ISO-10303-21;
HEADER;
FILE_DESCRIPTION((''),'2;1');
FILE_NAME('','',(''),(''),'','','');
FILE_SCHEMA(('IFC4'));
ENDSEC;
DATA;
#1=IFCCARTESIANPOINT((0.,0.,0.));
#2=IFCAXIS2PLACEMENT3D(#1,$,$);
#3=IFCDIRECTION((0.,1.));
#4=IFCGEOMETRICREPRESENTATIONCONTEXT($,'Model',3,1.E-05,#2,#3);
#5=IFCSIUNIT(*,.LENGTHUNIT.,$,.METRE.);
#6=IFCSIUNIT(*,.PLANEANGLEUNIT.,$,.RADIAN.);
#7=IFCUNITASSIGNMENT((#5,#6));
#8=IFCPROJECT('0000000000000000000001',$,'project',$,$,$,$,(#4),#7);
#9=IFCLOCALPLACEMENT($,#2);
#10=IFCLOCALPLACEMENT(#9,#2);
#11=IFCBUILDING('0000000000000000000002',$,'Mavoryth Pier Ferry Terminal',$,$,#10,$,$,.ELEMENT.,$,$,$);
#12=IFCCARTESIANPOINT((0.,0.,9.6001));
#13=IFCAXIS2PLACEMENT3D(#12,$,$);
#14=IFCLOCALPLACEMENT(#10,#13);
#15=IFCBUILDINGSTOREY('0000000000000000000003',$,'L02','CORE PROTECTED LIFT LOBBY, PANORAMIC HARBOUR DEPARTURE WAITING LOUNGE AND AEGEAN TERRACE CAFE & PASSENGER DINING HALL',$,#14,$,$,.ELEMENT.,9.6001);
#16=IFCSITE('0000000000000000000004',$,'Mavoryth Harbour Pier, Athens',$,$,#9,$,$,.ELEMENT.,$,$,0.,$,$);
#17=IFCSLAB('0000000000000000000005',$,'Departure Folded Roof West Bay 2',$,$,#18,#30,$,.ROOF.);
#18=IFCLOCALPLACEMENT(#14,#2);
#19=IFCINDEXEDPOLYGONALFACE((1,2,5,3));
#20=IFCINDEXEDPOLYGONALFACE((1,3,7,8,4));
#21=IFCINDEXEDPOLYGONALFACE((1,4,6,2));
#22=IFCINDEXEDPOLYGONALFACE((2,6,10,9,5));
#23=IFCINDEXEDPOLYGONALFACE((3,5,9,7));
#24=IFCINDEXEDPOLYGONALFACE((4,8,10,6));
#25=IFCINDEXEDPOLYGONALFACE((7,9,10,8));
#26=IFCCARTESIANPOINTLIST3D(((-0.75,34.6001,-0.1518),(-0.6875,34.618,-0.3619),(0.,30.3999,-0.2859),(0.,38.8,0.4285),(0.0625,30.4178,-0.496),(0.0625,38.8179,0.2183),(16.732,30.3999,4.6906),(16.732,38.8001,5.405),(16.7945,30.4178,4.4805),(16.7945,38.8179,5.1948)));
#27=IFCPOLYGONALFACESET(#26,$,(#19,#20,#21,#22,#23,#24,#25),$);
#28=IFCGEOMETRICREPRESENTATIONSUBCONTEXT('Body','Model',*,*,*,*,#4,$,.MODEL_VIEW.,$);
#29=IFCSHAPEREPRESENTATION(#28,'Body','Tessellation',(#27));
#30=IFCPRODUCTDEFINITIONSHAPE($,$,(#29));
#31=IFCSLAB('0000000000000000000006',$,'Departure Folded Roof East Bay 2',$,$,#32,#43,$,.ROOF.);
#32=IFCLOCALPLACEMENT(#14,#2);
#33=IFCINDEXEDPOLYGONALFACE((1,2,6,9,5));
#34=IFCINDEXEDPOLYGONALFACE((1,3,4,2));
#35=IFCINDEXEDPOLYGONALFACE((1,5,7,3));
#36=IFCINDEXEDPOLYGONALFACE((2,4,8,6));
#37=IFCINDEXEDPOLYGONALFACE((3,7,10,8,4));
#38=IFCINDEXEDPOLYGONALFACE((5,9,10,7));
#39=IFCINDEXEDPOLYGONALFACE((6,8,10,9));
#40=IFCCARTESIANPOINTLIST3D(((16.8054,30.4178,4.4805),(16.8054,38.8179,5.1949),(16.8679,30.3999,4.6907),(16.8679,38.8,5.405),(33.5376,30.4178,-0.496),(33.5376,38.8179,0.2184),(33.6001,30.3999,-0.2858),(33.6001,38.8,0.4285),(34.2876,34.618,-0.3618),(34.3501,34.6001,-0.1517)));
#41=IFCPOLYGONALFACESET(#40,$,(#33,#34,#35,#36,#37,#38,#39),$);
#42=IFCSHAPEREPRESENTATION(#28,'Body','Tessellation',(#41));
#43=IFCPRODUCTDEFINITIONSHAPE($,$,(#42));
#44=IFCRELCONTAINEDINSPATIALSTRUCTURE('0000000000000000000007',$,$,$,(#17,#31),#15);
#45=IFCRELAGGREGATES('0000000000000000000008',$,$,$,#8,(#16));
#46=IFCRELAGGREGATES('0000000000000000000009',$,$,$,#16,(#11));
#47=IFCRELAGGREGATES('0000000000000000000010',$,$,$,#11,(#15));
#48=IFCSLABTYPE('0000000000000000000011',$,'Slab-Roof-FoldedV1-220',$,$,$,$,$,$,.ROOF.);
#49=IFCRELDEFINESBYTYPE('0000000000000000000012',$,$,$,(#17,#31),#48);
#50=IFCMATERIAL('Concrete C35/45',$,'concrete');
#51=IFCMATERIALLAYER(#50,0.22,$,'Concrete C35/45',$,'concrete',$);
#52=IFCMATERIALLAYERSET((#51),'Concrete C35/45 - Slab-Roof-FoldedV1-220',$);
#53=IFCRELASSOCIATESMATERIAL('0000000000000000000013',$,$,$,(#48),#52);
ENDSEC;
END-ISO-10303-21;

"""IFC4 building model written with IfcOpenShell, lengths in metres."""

from ifc_helpers import new_model, si_unit, direction, frame, origin, place, context, subcontext, project, spatial, polyline, outline, extrude, material, layer, layer_set, type_object, element, save


model = new_model("IFC4")

# Units and contexts
model_context = context("Model", 3, precision=1e-05, world=origin(), true_north=direction((0.0, 1.0)))
body_context = subcontext(model_context, "Body", "Model", "MODEL_VIEW")
ifc_project = project(units=[si_unit("LENGTHUNIT", "METRE"), si_unit("PLANEANGLEUNIT", "RADIAN")], contexts=[model_context])

# Site, building, storey
site_placement = place(None, origin())
site = spatial("IfcSite", under=ifc_project, at=site_placement, Name="Mavoryth Harbour Pier, Athens", CompositionType="ELEMENT", RefElevation=0.0)
building_placement = place(site_placement, origin())
building = spatial("IfcBuilding", under=site, at=building_placement, Name="Mavoryth Pier Ferry Terminal", CompositionType="ELEMENT")
storey_placement = place(building_placement, frame((0.0, 0.0, 9.6001)))
storey = spatial("IfcBuildingStorey", under=building, at=storey_placement, Name="L02", Description="CORE PROTECTED LIFT LOBBY, PANORAMIC HARBOUR DEPARTURE WAITING LOUNGE AND AEGEAN TERRACE CAFE & PASSENGER DINING HALL", CompositionType="ELEMENT", Elevation=9.6001)

# Slabs
ifc_material_1 = material(Name="Concrete C35/45", Category="concrete")
ifc_layer_1 = layer(ifc_material_1, 0.22, Name="Concrete C35/45", Category="concrete")
ifc_layer_set_1 = layer_set([ifc_layer_1], Name="Concrete C35/45 - Slab-Roof-FoldedV1-220")
slab_type = type_object("IfcSlabType", Name="Slab-Roof-FoldedV1-220", PredefinedType="ROOF", material=ifc_layer_set_1)
slab_1_placement = place(storey_placement, frame((0.0, 30.3999, -0.2859), z_axis=(-0.28414, -0.081242, 0.955335), x_axis=(0.958503, 0.0, 0.285082)))
element("IfcSlab", 1, at=slab_1_placement, inside=storey, type_object=slab_type, Name="Departure Folded Roof West Bay 2", PredefinedType="ROOF", context=body_context, shape_type="SweptSolid", body=[
    extrude(outline(polyline([(0.0, 0.0), (17.4563, 0.0), (17.66, 8.428), (0.2037, 8.428), (-0.6806, 4.2141), (0.0, 0.0)])), origin(), (0.0, 0.0, -1.0), 0.22),
])
slab_2_placement = place(storey_placement, frame((16.8679, 30.3999, 4.6907), z_axis=(0.284136, -0.081243, 0.955336), x_axis=(0.958504, 0.0, -0.285078)))
element("IfcSlab", 2, at=slab_2_placement, inside=storey, type_object=slab_type, Name="Departure Folded Roof East Bay 2", PredefinedType="ROOF", context=body_context, shape_type="SweptSolid", body=[
    extrude(outline(polyline([(0.0, 0.0), (17.4566, 0.0), (18.1372, 4.2141), (17.2529, 8.428), (-0.2037, 8.428), (0.0, 0.0)])), origin(), (0.0, 0.0, -1.0), 0.22),
])

save(model, "model.ifc")
